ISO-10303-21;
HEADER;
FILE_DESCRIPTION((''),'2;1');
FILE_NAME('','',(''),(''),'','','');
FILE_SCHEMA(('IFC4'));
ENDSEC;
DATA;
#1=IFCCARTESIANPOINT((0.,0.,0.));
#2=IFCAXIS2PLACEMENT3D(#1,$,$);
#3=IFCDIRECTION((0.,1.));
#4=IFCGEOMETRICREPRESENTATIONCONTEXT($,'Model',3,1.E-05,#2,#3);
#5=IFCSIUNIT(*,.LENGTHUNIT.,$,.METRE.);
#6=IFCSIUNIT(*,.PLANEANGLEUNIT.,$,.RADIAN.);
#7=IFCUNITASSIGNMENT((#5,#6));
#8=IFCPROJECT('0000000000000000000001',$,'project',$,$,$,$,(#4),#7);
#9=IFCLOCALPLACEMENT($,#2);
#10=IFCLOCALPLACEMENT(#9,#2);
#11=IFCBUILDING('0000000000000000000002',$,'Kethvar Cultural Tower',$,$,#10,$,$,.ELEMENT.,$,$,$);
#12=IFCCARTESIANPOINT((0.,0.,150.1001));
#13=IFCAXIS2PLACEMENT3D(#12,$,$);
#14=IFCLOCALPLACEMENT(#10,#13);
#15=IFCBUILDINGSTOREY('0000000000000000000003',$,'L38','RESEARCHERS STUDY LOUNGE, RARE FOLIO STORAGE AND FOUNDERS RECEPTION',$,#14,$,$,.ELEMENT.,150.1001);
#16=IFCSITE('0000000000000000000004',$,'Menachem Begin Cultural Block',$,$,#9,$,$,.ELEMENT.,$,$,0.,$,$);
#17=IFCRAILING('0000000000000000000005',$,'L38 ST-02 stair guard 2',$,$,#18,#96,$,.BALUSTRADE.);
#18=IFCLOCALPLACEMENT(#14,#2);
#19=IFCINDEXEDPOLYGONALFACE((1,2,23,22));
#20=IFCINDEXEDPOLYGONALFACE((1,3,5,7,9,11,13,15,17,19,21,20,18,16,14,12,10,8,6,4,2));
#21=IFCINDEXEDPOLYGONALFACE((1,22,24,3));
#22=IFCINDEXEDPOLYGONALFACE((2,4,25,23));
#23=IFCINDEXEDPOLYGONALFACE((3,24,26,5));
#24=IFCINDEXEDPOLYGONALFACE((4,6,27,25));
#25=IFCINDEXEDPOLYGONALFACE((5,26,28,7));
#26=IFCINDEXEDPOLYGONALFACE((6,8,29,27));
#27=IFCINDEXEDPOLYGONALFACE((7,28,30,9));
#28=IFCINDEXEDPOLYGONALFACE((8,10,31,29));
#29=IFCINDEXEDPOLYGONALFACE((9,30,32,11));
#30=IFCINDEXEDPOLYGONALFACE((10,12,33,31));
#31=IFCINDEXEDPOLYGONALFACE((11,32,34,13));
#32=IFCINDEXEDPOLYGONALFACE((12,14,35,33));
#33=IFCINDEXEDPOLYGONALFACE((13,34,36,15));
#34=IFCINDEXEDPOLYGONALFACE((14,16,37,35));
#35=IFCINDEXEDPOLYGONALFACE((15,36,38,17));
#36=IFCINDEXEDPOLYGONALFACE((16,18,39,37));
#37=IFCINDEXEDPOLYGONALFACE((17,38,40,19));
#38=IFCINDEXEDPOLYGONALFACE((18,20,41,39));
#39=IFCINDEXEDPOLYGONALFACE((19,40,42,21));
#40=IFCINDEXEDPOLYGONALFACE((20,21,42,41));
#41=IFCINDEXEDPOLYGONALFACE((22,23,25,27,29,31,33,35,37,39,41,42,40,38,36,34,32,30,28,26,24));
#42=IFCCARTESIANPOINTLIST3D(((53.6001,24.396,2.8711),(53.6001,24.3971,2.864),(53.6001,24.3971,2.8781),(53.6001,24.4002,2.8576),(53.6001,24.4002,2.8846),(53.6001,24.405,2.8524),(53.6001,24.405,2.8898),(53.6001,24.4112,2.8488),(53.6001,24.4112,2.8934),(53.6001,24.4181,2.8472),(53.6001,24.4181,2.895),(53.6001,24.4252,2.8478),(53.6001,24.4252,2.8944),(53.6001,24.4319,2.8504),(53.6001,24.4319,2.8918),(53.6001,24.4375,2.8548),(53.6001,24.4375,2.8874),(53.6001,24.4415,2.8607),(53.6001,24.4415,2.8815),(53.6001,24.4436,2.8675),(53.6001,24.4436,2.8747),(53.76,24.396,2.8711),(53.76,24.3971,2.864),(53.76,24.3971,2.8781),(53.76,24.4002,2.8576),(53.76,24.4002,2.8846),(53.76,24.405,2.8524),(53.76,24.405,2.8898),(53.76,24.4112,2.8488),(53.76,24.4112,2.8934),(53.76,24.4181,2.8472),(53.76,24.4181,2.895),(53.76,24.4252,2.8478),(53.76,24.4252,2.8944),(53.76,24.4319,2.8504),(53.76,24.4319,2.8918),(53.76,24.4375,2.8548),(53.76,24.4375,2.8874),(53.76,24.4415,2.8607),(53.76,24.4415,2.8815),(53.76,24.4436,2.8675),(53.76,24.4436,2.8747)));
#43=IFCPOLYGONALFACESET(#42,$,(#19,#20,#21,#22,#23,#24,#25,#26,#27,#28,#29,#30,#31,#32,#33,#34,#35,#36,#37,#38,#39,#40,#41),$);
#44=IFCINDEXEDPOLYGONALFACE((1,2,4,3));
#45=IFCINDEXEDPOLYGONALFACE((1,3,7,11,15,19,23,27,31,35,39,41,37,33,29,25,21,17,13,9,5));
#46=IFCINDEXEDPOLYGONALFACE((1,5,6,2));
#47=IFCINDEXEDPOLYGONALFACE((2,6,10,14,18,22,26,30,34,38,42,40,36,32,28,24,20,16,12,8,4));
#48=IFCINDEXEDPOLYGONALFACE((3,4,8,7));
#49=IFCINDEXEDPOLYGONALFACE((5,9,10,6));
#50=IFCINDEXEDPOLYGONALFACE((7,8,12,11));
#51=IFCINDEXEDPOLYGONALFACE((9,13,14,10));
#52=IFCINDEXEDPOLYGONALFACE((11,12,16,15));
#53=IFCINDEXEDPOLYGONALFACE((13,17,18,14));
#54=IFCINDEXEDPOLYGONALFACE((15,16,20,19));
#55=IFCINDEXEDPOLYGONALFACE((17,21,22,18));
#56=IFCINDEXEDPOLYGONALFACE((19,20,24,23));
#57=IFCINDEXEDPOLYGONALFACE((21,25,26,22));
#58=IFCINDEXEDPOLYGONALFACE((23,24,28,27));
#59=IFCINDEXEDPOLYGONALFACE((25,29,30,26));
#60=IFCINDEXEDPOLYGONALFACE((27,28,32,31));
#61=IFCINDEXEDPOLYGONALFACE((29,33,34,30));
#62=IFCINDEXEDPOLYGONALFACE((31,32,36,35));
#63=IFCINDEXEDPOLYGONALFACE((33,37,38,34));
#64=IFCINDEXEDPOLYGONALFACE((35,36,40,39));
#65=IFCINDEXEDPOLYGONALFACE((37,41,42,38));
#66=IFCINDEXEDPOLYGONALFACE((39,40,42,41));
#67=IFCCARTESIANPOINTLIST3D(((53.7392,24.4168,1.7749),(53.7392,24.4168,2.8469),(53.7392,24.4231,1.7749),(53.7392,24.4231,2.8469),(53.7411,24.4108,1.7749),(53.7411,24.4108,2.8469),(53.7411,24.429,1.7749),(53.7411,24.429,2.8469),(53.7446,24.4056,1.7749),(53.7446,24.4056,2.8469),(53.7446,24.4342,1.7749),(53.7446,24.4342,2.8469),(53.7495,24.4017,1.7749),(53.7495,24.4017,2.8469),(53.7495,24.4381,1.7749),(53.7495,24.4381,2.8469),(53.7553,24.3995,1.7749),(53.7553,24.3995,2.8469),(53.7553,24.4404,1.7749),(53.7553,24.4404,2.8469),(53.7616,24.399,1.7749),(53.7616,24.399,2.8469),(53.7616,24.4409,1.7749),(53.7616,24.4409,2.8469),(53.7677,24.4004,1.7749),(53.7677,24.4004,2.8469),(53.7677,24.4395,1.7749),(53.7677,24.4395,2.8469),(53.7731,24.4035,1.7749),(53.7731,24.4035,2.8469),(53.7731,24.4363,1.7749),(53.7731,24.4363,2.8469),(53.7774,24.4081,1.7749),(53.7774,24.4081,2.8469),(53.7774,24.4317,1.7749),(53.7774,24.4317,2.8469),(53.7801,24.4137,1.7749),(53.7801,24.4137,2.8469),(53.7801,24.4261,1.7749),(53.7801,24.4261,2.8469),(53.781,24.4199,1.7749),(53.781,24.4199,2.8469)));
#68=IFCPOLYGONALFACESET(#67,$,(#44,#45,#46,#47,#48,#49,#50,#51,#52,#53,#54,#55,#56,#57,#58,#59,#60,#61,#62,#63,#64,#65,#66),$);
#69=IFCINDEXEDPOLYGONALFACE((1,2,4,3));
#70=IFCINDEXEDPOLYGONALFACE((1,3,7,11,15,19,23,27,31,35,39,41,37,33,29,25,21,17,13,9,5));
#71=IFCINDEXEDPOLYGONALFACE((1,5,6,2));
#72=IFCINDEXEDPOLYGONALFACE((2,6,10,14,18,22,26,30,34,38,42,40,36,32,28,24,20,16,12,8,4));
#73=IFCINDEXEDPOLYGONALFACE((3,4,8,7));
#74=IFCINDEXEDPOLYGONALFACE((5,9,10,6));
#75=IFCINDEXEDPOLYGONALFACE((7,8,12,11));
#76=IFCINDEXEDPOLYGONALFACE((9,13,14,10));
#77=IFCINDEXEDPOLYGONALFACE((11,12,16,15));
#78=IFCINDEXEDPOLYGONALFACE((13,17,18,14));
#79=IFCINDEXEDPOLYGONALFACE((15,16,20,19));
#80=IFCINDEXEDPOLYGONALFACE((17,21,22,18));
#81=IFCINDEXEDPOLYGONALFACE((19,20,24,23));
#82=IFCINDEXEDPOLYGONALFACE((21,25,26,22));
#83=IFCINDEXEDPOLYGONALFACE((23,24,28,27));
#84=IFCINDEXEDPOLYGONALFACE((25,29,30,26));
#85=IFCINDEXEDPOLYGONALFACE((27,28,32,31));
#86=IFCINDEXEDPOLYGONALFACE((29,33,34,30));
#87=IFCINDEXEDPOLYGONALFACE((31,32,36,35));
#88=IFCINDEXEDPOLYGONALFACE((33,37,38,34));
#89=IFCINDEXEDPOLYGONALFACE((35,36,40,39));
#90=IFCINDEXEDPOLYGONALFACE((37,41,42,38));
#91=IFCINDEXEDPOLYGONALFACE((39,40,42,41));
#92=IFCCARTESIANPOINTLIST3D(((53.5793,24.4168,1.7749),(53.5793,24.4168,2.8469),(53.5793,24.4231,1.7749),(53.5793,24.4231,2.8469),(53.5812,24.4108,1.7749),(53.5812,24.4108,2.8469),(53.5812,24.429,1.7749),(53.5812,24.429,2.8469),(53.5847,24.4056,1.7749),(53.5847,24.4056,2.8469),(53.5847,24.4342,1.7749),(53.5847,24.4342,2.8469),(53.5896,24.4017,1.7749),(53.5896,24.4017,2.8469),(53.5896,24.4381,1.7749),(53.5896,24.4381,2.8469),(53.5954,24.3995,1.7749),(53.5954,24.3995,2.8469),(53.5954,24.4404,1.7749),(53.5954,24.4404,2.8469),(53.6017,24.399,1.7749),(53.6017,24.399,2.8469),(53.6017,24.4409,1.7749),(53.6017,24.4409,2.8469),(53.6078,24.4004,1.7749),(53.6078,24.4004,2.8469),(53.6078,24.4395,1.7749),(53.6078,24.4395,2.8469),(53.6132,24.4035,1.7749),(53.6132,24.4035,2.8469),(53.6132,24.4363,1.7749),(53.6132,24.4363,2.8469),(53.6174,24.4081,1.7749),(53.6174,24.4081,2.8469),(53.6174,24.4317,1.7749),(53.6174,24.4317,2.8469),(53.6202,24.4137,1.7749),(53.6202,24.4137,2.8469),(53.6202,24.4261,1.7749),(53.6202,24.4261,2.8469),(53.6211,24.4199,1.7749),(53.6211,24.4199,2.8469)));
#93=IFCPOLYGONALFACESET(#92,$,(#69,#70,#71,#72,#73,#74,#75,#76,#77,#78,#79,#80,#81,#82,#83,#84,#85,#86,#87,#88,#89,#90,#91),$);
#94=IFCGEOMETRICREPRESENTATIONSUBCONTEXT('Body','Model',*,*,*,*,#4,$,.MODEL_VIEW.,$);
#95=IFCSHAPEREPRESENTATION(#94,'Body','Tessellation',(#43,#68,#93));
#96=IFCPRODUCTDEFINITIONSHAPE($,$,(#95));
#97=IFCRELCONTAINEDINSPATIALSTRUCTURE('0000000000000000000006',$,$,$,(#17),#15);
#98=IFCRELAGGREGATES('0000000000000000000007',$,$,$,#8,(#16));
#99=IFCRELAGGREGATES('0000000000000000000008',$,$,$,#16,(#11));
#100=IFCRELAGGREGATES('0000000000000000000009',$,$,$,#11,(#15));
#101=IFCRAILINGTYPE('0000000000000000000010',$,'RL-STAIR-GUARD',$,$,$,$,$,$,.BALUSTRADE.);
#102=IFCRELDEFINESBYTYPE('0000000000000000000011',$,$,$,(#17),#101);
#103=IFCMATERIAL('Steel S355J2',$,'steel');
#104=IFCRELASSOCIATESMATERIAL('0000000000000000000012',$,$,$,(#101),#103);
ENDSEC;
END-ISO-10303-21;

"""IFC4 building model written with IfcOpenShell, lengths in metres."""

from ifc_helpers import new_model, si_unit, direction, frame, origin, origin_2d, place, context, subcontext, project, spatial, circle, extrude, material, type_object, element, save


model = new_model("IFC4")

# Units and contexts
model_context = context("Model", 3, precision=1e-05, world=origin(), true_north=direction((0.0, 1.0)))
body_context = subcontext(model_context, "Body", "Model", "MODEL_VIEW")
ifc_project = project(units=[si_unit("LENGTHUNIT", "METRE"), si_unit("PLANEANGLEUNIT", "RADIAN")], contexts=[model_context])

# Site, building, storey
site_placement = place(None, origin())
site = spatial("IfcSite", under=ifc_project, at=site_placement, Name="Menachem Begin Cultural Block", CompositionType="ELEMENT", RefElevation=0.0)
building_placement = place(site_placement, origin())
building = spatial("IfcBuilding", under=site, at=building_placement, Name="Kethvar Cultural Tower", CompositionType="ELEMENT")
storey_placement = place(building_placement, frame((0.0, 0.0, 150.1001)))
storey = spatial("IfcBuildingStorey", under=building, at=storey_placement, Name="L38", Description="RESEARCHERS STUDY LOUNGE, RARE FOLIO STORAGE AND FOUNDERS RECEPTION", CompositionType="ELEMENT", Elevation=150.1001)

# Shared definitions
ifc_material_1 = material(Name="Steel S355J2", Category="steel")

# Railing
railing_type_1 = type_object("IfcRailingType", Name="RL-STAIR-GUARD", PredefinedType="BALUSTRADE", material=ifc_material_1)
railing_1_placement = place(storey_placement, frame((53.76, 24.4199, 1.7749)))
element("IfcRailing", 1, at=railing_1_placement, inside=storey, type_object=railing_type_1, Name="L38 ST-02 stair guard 2", PredefinedType="BALUSTRADE", context=body_context, shape_type="SweptSolid", body=[
    extrude(circle(Radius=0.0239, at=origin_2d()), frame((0.0, 0.0, 1.0962), z_axis=(-1.0, 0.0, 0.0), x_axis=(0.0, -1.0, 0.0)), (0.0, 0.0, 1.0), 0.1599),
    extrude(circle(Radius=0.021, at=origin_2d()), origin(), (0.0, 0.0, 1.0), 1.072),
    extrude(circle(Radius=0.021, at=origin_2d()), frame((-0.1599, 0.0, 0.0)), (0.0, 0.0, 1.0), 1.072),
])

save(model, "model.ifc")
